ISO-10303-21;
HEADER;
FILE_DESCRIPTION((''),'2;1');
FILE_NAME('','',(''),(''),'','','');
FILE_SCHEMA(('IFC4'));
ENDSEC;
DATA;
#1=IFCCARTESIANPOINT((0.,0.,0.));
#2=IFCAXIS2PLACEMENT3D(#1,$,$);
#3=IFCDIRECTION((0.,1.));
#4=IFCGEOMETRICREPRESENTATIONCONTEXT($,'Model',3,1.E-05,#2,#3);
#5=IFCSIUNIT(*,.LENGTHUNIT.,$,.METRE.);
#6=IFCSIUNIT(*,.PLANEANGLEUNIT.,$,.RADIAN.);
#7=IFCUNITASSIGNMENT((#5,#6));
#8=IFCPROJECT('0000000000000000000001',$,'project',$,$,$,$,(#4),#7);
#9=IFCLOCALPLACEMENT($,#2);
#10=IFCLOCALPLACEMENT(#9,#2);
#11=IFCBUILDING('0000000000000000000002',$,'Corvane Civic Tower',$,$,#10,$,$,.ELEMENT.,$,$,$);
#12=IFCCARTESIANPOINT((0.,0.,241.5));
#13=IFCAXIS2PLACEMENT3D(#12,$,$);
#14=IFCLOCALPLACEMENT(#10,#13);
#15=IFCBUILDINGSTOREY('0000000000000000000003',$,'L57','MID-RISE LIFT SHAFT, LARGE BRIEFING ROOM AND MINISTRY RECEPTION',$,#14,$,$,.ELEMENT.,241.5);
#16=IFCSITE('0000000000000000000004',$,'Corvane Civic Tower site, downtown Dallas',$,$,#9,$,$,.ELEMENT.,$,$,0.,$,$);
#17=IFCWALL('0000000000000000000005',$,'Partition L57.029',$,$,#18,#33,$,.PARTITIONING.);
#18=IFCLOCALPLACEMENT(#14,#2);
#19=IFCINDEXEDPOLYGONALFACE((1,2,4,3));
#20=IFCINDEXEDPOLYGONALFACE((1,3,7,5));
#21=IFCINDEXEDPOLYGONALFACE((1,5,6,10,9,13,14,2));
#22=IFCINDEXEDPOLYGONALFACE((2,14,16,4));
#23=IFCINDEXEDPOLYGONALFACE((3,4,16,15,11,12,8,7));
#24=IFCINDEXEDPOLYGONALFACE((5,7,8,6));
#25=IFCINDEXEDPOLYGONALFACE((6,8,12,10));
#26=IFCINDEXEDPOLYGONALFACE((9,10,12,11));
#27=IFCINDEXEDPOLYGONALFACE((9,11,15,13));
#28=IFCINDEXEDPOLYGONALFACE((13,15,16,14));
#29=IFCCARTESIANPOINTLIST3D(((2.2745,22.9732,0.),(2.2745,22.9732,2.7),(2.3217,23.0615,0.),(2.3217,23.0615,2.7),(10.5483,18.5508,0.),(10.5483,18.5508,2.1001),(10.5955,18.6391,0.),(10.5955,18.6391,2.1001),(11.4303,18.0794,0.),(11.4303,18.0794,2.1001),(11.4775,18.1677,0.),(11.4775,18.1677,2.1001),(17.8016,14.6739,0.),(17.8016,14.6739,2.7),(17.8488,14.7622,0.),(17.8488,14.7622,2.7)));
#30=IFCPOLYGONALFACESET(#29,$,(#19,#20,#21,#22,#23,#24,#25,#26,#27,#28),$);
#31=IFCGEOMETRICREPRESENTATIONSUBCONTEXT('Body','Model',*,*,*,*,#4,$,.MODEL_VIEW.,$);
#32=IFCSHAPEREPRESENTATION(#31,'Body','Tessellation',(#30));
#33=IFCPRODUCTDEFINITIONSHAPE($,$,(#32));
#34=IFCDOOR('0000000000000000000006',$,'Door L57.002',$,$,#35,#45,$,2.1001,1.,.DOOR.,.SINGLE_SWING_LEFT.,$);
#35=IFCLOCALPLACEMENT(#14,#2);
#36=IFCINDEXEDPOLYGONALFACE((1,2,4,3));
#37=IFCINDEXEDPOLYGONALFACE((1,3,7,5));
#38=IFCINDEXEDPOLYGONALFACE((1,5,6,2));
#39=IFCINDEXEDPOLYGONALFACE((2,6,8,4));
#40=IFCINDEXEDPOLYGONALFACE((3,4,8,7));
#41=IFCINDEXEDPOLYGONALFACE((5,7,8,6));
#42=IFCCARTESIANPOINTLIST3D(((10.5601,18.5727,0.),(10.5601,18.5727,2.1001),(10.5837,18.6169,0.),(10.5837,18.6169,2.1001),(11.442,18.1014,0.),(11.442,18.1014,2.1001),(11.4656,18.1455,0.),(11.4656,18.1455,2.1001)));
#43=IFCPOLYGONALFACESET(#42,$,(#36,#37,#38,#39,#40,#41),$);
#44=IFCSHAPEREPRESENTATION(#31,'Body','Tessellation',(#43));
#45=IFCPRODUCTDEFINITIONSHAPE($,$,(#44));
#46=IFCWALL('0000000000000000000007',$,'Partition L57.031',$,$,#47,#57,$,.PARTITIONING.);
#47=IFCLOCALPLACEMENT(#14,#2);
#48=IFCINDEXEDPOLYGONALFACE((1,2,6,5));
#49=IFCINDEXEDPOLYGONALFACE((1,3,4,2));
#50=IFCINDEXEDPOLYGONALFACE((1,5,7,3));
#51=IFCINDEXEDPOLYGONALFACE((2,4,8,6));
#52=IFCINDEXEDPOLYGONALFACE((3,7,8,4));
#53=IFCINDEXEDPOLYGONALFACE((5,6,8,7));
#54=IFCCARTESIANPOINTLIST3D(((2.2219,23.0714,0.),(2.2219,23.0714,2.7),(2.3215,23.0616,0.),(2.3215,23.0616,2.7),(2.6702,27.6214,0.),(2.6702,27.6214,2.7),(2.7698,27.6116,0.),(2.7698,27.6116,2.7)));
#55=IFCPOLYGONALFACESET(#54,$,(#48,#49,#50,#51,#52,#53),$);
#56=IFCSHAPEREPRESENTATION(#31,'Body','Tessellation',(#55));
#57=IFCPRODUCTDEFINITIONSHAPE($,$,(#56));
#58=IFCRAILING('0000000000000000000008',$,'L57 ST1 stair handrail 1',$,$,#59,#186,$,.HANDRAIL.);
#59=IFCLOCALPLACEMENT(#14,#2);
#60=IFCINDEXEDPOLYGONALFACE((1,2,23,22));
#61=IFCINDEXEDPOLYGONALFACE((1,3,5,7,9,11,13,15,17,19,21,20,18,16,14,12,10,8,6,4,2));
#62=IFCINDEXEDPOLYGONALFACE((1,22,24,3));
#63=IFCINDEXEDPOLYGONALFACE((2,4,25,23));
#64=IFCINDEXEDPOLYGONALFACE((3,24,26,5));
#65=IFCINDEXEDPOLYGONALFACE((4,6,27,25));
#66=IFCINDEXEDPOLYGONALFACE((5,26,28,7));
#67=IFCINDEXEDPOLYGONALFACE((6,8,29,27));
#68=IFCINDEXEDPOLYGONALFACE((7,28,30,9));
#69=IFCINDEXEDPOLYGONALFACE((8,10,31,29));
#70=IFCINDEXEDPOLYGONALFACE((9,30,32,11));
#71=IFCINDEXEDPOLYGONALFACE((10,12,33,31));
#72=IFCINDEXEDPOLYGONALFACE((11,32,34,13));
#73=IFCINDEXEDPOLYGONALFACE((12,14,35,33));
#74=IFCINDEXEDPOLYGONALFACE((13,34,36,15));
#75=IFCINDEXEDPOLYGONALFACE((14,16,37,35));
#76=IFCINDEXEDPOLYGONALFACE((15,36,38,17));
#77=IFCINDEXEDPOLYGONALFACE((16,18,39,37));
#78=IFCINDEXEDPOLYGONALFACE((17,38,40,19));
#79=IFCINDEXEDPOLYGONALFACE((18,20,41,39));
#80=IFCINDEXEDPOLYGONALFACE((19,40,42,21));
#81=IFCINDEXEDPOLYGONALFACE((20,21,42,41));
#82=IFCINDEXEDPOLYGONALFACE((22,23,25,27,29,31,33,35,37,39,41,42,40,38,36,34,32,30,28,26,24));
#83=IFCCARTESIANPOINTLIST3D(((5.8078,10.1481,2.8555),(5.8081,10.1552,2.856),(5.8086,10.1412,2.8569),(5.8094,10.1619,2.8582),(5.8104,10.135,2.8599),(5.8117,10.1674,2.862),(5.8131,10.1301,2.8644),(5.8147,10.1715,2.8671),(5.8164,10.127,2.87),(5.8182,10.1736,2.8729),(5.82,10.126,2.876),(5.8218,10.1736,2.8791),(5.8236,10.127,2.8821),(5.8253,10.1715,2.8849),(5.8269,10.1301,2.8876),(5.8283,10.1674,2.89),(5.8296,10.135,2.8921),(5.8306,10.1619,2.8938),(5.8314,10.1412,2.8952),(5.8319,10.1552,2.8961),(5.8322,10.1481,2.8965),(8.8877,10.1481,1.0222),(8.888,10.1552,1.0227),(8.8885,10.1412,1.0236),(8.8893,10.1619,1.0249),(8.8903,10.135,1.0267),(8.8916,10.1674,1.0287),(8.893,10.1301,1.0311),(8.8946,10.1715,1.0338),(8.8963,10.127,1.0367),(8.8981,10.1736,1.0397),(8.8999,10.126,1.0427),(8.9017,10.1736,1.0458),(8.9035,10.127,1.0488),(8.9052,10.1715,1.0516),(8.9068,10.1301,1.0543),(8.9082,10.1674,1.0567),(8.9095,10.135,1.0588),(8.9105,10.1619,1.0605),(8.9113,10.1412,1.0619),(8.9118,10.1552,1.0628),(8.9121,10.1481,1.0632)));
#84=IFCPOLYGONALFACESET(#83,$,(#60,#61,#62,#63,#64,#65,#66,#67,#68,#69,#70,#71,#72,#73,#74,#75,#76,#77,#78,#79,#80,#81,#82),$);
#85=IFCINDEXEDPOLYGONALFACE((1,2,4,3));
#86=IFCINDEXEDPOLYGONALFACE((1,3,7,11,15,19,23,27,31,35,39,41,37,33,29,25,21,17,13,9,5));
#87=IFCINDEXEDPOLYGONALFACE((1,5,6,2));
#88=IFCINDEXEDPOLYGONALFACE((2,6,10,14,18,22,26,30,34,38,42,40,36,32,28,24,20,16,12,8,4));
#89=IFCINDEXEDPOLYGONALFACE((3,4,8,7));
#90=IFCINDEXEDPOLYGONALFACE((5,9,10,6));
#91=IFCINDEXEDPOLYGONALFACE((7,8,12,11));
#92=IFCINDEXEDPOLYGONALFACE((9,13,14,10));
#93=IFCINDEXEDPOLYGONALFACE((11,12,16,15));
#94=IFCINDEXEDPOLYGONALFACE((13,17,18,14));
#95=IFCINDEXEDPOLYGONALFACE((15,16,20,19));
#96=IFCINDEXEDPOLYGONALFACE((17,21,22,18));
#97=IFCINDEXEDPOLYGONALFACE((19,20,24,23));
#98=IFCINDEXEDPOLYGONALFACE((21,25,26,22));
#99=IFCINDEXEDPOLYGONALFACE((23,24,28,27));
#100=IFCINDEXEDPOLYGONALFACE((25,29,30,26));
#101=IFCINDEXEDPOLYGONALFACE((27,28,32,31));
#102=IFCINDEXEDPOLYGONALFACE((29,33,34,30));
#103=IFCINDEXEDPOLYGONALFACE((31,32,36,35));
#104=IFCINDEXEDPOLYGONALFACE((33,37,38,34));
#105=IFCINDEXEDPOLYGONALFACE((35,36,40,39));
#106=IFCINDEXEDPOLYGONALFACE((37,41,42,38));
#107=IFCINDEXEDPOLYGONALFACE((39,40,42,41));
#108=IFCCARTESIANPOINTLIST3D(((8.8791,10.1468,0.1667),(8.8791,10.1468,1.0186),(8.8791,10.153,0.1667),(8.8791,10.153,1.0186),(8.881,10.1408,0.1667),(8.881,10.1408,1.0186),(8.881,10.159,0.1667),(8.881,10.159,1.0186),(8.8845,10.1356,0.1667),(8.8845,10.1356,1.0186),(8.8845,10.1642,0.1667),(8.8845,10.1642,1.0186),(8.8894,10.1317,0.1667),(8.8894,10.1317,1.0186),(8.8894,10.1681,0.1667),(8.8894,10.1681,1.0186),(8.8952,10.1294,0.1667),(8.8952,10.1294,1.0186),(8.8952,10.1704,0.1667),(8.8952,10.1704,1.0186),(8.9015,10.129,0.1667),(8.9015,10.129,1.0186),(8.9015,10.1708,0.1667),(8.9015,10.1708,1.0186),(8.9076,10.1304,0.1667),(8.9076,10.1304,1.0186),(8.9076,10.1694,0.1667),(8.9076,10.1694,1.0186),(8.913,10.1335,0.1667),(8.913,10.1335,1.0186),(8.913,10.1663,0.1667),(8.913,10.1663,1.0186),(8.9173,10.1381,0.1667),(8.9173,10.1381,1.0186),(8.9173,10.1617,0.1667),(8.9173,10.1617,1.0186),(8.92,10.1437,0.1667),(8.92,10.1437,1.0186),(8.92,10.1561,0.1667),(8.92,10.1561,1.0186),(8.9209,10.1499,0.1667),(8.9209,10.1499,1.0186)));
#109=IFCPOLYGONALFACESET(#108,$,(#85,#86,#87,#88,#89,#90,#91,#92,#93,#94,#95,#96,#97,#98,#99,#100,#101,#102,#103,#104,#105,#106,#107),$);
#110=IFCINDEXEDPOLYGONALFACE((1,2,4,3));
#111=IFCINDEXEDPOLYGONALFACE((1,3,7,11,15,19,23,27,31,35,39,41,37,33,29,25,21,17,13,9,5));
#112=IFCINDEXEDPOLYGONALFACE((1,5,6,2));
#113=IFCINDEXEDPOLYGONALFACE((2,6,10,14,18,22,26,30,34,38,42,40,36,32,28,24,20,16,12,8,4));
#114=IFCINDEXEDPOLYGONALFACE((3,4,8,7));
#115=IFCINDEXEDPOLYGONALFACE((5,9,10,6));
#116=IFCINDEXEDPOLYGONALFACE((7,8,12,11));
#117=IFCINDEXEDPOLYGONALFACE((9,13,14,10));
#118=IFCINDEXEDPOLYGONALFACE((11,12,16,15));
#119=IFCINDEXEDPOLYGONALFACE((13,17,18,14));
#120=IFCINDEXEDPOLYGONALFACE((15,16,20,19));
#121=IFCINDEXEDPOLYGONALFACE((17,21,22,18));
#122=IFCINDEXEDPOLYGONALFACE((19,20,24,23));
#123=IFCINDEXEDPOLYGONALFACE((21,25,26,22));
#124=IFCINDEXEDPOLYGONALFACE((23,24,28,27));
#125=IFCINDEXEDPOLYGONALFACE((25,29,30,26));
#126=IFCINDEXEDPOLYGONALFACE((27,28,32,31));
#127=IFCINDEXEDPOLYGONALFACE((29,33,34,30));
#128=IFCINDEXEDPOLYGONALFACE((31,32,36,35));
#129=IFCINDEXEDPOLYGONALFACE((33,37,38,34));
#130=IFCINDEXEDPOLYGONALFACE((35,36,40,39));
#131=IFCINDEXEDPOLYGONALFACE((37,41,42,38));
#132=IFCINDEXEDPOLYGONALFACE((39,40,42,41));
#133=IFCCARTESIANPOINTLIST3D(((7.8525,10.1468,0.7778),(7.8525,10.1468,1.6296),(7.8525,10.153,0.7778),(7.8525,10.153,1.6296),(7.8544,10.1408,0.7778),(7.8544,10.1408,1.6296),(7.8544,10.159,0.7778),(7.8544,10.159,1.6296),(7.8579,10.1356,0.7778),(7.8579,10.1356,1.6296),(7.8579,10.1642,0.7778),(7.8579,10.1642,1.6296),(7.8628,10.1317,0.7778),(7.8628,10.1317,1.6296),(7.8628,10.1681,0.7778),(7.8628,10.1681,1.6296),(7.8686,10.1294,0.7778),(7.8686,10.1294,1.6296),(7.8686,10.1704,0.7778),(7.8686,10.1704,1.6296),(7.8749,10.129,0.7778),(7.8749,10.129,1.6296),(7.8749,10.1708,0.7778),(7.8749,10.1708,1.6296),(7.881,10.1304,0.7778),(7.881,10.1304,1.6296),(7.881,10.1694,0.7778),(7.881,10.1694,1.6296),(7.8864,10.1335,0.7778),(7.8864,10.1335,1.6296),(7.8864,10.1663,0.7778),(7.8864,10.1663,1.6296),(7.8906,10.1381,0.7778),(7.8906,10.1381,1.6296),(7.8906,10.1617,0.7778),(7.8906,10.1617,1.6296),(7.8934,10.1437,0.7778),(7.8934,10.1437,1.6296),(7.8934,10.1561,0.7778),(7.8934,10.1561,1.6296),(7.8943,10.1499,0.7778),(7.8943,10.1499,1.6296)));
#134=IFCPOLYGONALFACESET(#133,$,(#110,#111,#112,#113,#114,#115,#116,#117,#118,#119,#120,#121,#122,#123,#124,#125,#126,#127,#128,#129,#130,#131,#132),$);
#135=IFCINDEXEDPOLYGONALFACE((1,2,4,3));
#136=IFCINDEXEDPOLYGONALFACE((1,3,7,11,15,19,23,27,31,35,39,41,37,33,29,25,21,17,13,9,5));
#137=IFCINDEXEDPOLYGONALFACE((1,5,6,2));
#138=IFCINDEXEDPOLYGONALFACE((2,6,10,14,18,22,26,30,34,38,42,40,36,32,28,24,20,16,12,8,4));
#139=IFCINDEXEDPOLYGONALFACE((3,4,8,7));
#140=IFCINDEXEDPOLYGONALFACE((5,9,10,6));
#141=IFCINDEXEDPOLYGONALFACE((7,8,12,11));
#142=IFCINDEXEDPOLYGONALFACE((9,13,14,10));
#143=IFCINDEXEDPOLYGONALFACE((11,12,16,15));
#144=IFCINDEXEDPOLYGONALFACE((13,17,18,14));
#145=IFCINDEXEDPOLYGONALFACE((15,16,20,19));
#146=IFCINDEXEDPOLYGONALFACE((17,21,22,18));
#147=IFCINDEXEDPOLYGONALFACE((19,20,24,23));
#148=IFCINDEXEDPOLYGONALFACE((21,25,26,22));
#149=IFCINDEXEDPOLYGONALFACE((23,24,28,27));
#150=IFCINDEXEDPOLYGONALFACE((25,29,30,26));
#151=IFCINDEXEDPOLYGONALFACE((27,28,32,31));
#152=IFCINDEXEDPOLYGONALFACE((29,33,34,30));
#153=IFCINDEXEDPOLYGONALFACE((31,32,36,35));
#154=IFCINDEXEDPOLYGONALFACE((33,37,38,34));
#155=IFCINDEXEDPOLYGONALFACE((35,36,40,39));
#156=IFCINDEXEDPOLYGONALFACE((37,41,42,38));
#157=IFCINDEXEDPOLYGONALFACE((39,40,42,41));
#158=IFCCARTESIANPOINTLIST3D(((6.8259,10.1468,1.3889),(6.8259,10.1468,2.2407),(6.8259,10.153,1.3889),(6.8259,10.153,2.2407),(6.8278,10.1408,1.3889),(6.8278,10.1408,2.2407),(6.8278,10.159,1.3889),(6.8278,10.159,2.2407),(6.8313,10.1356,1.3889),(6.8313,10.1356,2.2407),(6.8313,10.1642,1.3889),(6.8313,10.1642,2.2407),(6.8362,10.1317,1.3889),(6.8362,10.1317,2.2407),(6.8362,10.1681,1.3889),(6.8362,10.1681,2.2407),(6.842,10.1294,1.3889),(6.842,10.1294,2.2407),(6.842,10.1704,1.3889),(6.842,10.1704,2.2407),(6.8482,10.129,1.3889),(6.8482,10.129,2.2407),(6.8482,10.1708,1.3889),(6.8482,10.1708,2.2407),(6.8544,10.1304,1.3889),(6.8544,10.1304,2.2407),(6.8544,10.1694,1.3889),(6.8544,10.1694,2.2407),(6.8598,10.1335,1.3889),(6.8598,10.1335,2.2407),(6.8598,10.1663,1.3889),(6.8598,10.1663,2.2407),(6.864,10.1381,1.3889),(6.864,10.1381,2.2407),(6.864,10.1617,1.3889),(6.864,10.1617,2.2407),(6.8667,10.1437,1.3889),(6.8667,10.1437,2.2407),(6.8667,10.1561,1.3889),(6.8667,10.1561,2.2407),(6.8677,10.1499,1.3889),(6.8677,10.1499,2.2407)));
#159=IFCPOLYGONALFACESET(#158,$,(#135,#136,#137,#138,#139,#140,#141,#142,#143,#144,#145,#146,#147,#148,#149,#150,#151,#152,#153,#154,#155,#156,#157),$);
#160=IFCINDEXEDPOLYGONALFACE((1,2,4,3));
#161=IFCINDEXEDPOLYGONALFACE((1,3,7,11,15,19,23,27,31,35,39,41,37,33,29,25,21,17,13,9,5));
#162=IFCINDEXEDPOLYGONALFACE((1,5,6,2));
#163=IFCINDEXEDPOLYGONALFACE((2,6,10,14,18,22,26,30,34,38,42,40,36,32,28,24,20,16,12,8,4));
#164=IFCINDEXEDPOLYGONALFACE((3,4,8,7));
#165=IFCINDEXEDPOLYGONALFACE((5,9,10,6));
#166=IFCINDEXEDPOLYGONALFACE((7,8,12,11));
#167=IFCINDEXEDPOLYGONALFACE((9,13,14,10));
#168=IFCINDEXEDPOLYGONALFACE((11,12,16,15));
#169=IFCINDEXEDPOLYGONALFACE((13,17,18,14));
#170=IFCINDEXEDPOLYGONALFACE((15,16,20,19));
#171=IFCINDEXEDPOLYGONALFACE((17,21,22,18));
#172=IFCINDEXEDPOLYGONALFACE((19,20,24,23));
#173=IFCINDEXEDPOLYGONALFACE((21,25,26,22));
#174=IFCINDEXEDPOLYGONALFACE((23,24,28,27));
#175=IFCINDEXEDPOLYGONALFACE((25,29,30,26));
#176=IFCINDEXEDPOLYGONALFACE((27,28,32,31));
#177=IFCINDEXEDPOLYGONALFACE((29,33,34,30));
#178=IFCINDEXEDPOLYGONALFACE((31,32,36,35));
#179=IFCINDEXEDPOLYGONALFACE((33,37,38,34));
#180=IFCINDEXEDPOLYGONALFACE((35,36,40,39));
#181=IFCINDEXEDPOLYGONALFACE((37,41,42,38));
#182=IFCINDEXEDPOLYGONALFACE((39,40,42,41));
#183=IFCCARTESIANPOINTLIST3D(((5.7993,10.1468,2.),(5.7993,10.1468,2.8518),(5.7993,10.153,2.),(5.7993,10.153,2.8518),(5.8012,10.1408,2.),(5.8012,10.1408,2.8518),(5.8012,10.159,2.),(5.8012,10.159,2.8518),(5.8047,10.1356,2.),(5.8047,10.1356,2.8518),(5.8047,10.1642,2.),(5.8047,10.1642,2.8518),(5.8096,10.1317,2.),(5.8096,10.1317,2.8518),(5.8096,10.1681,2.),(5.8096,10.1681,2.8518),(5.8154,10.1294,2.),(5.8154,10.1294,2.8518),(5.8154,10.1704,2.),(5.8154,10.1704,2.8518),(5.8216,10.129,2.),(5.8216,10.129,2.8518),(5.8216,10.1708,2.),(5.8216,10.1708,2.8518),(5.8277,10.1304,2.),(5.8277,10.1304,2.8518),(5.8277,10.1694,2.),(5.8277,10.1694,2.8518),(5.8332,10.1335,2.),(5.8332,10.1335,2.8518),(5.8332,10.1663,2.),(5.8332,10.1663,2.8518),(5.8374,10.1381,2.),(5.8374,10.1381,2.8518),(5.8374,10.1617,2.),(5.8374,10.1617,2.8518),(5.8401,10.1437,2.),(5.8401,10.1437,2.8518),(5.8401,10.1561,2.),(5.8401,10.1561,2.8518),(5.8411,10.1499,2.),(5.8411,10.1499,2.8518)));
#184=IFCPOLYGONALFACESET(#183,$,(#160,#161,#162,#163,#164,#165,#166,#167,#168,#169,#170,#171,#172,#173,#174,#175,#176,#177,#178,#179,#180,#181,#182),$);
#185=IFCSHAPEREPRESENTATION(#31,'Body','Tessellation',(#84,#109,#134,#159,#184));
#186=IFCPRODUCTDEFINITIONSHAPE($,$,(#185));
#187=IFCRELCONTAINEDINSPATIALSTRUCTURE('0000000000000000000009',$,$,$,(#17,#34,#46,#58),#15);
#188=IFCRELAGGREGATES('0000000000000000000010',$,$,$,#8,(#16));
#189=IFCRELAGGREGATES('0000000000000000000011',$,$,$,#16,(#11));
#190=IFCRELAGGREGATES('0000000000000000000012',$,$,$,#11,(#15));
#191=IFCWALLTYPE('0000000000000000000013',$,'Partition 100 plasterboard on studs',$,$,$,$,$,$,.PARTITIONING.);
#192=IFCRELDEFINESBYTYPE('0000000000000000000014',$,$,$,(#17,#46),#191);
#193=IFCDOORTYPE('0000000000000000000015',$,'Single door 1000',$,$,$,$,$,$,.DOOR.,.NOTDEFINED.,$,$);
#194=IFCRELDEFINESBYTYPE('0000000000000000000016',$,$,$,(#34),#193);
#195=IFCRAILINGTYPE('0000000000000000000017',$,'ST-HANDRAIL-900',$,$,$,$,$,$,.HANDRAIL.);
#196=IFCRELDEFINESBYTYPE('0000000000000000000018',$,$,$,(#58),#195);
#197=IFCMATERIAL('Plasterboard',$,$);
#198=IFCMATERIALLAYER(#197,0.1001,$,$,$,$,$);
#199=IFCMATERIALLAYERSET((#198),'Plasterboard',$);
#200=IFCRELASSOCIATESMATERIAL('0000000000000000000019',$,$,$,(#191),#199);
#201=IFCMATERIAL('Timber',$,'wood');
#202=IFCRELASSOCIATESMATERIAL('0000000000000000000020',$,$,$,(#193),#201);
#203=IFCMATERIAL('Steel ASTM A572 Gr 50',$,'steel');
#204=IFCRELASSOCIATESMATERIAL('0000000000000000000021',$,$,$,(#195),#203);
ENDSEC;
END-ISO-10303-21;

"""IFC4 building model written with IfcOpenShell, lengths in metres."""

from ifc_helpers import new_model, si_unit, direction, frame, frame_2d, origin, origin_2d, place, context, subcontext, project, spatial, rectangle, circle, extrude, material, layer, layer_set, type_object, element, fill, save


model = new_model("IFC4")

# Units and contexts
model_context = context("Model", 3, precision=1e-05, world=origin(), true_north=direction((0.0, 1.0)))
body_context = subcontext(model_context, "Body", "Model", "MODEL_VIEW")
ifc_project = project(units=[si_unit("LENGTHUNIT", "METRE"), si_unit("PLANEANGLEUNIT", "RADIAN")], contexts=[model_context])

# Site, building, storey
site_placement = place(None, origin())
site = spatial("IfcSite", under=ifc_project, at=site_placement, Name="Corvane Civic Tower site, downtown Dallas", CompositionType="ELEMENT", RefElevation=0.0)
building_placement = place(site_placement, origin())
building = spatial("IfcBuilding", under=site, at=building_placement, Name="Corvane Civic Tower", CompositionType="ELEMENT")
storey_placement = place(building_placement, frame((0.0, 0.0, 241.5)))
storey = spatial("IfcBuildingStorey", under=building, at=storey_placement, Name="L57", Description="MID-RISE LIFT SHAFT, LARGE BRIEFING ROOM AND MINISTRY RECEPTION", CompositionType="ELEMENT", Elevation=241.5)

# Wall, opening, door
ifc_material_1 = material(Name="Plasterboard")
ifc_layer_1 = layer(ifc_material_1, 0.1001)
ifc_layer_set_1 = layer_set([ifc_layer_1], Name="Plasterboard")
wall_type_1 = type_object("IfcWallType", Name="Partition 100 plasterboard on studs", PredefinedType="PARTITIONING", material=ifc_layer_set_1)
wall_1_placement = place(storey_placement, frame((2.2981, 23.0173, 0.0), z_axis=(0.0, 0.0, 1.0), x_axis=(0.881923, -0.471393, 0.0)))
wall_1 = element("IfcWall", 1, at=wall_1_placement, inside=storey, type_object=wall_type_1, Name="Partition L57.029", PredefinedType="PARTITIONING", context=body_context, shape_type="SweptSolid", body=[
    extrude(rectangle(XDim=17.606, YDim=0.1001, at=frame_2d((8.803, 0.0))), origin(), (0.0, 0.0, 1.0), 2.7),
])
opening_1_placement = place(wall_1_placement, frame((9.3816, 0.0, 0.0)))
opening_1 = element("IfcOpeningElement", 2, at=opening_1_placement, cuts=wall_1, PredefinedType="OPENING", context=body_context, shape_type="SweptSolid", body=[
    extrude(rectangle(XDim=1.0, YDim=2.1001, at=frame_2d((0.5, 1.05))), frame((0.0, 0.0601, 0.0), z_axis=(0.0, -1.0, 0.0), x_axis=(1.0, 0.0, 0.0)), (0.0, 0.0, 1.0), 0.1201),
])
ifc_material_2 = material(Name="Timber", Category="wood")
door_type_1 = type_object("IfcDoorType", Name="Single door 1000", OperationType="NOTDEFINED", PredefinedType="DOOR", material=ifc_material_2)
door_1_placement = place(opening_1_placement, origin())
door_1 = element("IfcDoor", 3, at=door_1_placement, inside=storey, type_object=door_type_1, Name="Door L57.002", OperationType="SINGLE_SWING_LEFT", OverallHeight=2.1001, OverallWidth=1.0, PredefinedType="DOOR", context=body_context, shape_type="SweptSolid", body=[
    extrude(rectangle(XDim=1.0, YDim=2.1001, at=frame_2d((0.5, 1.05))), frame((0.0, 0.0249, 0.0), z_axis=(0.0, -1.0, 0.0), x_axis=(1.0, 0.0, 0.0)), (0.0, 0.0, 1.0), 0.05),
])
fill(opening_1, door_1)

# Wall
wall_2_placement = place(storey_placement, frame((2.2717, 23.0664, 0.0), z_axis=(0.0, 0.0, 1.0), x_axis=(0.098039, 0.995183, 0.0)))
element("IfcWall", 4, at=wall_2_placement, inside=storey, type_object=wall_type_1, Name="Partition L57.031", PredefinedType="PARTITIONING", context=body_context, shape_type="SweptSolid", body=[
    extrude(rectangle(XDim=4.572, YDim=0.1001, at=frame_2d((2.2861, 0.0))), origin(), (0.0, 0.0, 1.0), 2.7),
])

# Railing
ifc_material_3 = material(Name="Steel ASTM A572 Gr 50", Category="steel")
railing_type = type_object("IfcRailingType", Name="ST-HANDRAIL-900", PredefinedType="HANDRAIL", material=ifc_material_3)
railing_placement = place(storey_placement, frame((8.8999, 10.1499, 0.1667)))
element("IfcRailing", 5, at=railing_placement, inside=storey, type_object=railing_type, Name="L57 ST1 stair handrail 1", PredefinedType="HANDRAIL", context=body_context, shape_type="SweptSolid", body=[
    extrude(circle(Radius=0.0239, at=origin_2d()), frame((0.0, 0.0, 0.876), z_axis=(-0.859291, 0.0, 0.511487), x_axis=(0.0, -1.0, 0.0)), (0.0, 0.0, 1.0), 3.5842),
    extrude(circle(Radius=0.021, at=origin_2d()), origin(), (0.0, 0.0, 1.0), 0.8518),
    extrude(circle(Radius=0.021, at=origin_2d()), frame((-1.0266, 0.0, 0.6111)), (0.0, 0.0, 1.0), 0.8518),
    extrude(circle(Radius=0.021, at=origin_2d()), frame((-2.0532, 0.0, 1.2222)), (0.0, 0.0, 1.0), 0.8518),
    extrude(circle(Radius=0.021, at=origin_2d()), frame((-3.0798, 0.0, 1.8333)), (0.0, 0.0, 1.0), 0.8518),
])

save(model, "model.ifc")
